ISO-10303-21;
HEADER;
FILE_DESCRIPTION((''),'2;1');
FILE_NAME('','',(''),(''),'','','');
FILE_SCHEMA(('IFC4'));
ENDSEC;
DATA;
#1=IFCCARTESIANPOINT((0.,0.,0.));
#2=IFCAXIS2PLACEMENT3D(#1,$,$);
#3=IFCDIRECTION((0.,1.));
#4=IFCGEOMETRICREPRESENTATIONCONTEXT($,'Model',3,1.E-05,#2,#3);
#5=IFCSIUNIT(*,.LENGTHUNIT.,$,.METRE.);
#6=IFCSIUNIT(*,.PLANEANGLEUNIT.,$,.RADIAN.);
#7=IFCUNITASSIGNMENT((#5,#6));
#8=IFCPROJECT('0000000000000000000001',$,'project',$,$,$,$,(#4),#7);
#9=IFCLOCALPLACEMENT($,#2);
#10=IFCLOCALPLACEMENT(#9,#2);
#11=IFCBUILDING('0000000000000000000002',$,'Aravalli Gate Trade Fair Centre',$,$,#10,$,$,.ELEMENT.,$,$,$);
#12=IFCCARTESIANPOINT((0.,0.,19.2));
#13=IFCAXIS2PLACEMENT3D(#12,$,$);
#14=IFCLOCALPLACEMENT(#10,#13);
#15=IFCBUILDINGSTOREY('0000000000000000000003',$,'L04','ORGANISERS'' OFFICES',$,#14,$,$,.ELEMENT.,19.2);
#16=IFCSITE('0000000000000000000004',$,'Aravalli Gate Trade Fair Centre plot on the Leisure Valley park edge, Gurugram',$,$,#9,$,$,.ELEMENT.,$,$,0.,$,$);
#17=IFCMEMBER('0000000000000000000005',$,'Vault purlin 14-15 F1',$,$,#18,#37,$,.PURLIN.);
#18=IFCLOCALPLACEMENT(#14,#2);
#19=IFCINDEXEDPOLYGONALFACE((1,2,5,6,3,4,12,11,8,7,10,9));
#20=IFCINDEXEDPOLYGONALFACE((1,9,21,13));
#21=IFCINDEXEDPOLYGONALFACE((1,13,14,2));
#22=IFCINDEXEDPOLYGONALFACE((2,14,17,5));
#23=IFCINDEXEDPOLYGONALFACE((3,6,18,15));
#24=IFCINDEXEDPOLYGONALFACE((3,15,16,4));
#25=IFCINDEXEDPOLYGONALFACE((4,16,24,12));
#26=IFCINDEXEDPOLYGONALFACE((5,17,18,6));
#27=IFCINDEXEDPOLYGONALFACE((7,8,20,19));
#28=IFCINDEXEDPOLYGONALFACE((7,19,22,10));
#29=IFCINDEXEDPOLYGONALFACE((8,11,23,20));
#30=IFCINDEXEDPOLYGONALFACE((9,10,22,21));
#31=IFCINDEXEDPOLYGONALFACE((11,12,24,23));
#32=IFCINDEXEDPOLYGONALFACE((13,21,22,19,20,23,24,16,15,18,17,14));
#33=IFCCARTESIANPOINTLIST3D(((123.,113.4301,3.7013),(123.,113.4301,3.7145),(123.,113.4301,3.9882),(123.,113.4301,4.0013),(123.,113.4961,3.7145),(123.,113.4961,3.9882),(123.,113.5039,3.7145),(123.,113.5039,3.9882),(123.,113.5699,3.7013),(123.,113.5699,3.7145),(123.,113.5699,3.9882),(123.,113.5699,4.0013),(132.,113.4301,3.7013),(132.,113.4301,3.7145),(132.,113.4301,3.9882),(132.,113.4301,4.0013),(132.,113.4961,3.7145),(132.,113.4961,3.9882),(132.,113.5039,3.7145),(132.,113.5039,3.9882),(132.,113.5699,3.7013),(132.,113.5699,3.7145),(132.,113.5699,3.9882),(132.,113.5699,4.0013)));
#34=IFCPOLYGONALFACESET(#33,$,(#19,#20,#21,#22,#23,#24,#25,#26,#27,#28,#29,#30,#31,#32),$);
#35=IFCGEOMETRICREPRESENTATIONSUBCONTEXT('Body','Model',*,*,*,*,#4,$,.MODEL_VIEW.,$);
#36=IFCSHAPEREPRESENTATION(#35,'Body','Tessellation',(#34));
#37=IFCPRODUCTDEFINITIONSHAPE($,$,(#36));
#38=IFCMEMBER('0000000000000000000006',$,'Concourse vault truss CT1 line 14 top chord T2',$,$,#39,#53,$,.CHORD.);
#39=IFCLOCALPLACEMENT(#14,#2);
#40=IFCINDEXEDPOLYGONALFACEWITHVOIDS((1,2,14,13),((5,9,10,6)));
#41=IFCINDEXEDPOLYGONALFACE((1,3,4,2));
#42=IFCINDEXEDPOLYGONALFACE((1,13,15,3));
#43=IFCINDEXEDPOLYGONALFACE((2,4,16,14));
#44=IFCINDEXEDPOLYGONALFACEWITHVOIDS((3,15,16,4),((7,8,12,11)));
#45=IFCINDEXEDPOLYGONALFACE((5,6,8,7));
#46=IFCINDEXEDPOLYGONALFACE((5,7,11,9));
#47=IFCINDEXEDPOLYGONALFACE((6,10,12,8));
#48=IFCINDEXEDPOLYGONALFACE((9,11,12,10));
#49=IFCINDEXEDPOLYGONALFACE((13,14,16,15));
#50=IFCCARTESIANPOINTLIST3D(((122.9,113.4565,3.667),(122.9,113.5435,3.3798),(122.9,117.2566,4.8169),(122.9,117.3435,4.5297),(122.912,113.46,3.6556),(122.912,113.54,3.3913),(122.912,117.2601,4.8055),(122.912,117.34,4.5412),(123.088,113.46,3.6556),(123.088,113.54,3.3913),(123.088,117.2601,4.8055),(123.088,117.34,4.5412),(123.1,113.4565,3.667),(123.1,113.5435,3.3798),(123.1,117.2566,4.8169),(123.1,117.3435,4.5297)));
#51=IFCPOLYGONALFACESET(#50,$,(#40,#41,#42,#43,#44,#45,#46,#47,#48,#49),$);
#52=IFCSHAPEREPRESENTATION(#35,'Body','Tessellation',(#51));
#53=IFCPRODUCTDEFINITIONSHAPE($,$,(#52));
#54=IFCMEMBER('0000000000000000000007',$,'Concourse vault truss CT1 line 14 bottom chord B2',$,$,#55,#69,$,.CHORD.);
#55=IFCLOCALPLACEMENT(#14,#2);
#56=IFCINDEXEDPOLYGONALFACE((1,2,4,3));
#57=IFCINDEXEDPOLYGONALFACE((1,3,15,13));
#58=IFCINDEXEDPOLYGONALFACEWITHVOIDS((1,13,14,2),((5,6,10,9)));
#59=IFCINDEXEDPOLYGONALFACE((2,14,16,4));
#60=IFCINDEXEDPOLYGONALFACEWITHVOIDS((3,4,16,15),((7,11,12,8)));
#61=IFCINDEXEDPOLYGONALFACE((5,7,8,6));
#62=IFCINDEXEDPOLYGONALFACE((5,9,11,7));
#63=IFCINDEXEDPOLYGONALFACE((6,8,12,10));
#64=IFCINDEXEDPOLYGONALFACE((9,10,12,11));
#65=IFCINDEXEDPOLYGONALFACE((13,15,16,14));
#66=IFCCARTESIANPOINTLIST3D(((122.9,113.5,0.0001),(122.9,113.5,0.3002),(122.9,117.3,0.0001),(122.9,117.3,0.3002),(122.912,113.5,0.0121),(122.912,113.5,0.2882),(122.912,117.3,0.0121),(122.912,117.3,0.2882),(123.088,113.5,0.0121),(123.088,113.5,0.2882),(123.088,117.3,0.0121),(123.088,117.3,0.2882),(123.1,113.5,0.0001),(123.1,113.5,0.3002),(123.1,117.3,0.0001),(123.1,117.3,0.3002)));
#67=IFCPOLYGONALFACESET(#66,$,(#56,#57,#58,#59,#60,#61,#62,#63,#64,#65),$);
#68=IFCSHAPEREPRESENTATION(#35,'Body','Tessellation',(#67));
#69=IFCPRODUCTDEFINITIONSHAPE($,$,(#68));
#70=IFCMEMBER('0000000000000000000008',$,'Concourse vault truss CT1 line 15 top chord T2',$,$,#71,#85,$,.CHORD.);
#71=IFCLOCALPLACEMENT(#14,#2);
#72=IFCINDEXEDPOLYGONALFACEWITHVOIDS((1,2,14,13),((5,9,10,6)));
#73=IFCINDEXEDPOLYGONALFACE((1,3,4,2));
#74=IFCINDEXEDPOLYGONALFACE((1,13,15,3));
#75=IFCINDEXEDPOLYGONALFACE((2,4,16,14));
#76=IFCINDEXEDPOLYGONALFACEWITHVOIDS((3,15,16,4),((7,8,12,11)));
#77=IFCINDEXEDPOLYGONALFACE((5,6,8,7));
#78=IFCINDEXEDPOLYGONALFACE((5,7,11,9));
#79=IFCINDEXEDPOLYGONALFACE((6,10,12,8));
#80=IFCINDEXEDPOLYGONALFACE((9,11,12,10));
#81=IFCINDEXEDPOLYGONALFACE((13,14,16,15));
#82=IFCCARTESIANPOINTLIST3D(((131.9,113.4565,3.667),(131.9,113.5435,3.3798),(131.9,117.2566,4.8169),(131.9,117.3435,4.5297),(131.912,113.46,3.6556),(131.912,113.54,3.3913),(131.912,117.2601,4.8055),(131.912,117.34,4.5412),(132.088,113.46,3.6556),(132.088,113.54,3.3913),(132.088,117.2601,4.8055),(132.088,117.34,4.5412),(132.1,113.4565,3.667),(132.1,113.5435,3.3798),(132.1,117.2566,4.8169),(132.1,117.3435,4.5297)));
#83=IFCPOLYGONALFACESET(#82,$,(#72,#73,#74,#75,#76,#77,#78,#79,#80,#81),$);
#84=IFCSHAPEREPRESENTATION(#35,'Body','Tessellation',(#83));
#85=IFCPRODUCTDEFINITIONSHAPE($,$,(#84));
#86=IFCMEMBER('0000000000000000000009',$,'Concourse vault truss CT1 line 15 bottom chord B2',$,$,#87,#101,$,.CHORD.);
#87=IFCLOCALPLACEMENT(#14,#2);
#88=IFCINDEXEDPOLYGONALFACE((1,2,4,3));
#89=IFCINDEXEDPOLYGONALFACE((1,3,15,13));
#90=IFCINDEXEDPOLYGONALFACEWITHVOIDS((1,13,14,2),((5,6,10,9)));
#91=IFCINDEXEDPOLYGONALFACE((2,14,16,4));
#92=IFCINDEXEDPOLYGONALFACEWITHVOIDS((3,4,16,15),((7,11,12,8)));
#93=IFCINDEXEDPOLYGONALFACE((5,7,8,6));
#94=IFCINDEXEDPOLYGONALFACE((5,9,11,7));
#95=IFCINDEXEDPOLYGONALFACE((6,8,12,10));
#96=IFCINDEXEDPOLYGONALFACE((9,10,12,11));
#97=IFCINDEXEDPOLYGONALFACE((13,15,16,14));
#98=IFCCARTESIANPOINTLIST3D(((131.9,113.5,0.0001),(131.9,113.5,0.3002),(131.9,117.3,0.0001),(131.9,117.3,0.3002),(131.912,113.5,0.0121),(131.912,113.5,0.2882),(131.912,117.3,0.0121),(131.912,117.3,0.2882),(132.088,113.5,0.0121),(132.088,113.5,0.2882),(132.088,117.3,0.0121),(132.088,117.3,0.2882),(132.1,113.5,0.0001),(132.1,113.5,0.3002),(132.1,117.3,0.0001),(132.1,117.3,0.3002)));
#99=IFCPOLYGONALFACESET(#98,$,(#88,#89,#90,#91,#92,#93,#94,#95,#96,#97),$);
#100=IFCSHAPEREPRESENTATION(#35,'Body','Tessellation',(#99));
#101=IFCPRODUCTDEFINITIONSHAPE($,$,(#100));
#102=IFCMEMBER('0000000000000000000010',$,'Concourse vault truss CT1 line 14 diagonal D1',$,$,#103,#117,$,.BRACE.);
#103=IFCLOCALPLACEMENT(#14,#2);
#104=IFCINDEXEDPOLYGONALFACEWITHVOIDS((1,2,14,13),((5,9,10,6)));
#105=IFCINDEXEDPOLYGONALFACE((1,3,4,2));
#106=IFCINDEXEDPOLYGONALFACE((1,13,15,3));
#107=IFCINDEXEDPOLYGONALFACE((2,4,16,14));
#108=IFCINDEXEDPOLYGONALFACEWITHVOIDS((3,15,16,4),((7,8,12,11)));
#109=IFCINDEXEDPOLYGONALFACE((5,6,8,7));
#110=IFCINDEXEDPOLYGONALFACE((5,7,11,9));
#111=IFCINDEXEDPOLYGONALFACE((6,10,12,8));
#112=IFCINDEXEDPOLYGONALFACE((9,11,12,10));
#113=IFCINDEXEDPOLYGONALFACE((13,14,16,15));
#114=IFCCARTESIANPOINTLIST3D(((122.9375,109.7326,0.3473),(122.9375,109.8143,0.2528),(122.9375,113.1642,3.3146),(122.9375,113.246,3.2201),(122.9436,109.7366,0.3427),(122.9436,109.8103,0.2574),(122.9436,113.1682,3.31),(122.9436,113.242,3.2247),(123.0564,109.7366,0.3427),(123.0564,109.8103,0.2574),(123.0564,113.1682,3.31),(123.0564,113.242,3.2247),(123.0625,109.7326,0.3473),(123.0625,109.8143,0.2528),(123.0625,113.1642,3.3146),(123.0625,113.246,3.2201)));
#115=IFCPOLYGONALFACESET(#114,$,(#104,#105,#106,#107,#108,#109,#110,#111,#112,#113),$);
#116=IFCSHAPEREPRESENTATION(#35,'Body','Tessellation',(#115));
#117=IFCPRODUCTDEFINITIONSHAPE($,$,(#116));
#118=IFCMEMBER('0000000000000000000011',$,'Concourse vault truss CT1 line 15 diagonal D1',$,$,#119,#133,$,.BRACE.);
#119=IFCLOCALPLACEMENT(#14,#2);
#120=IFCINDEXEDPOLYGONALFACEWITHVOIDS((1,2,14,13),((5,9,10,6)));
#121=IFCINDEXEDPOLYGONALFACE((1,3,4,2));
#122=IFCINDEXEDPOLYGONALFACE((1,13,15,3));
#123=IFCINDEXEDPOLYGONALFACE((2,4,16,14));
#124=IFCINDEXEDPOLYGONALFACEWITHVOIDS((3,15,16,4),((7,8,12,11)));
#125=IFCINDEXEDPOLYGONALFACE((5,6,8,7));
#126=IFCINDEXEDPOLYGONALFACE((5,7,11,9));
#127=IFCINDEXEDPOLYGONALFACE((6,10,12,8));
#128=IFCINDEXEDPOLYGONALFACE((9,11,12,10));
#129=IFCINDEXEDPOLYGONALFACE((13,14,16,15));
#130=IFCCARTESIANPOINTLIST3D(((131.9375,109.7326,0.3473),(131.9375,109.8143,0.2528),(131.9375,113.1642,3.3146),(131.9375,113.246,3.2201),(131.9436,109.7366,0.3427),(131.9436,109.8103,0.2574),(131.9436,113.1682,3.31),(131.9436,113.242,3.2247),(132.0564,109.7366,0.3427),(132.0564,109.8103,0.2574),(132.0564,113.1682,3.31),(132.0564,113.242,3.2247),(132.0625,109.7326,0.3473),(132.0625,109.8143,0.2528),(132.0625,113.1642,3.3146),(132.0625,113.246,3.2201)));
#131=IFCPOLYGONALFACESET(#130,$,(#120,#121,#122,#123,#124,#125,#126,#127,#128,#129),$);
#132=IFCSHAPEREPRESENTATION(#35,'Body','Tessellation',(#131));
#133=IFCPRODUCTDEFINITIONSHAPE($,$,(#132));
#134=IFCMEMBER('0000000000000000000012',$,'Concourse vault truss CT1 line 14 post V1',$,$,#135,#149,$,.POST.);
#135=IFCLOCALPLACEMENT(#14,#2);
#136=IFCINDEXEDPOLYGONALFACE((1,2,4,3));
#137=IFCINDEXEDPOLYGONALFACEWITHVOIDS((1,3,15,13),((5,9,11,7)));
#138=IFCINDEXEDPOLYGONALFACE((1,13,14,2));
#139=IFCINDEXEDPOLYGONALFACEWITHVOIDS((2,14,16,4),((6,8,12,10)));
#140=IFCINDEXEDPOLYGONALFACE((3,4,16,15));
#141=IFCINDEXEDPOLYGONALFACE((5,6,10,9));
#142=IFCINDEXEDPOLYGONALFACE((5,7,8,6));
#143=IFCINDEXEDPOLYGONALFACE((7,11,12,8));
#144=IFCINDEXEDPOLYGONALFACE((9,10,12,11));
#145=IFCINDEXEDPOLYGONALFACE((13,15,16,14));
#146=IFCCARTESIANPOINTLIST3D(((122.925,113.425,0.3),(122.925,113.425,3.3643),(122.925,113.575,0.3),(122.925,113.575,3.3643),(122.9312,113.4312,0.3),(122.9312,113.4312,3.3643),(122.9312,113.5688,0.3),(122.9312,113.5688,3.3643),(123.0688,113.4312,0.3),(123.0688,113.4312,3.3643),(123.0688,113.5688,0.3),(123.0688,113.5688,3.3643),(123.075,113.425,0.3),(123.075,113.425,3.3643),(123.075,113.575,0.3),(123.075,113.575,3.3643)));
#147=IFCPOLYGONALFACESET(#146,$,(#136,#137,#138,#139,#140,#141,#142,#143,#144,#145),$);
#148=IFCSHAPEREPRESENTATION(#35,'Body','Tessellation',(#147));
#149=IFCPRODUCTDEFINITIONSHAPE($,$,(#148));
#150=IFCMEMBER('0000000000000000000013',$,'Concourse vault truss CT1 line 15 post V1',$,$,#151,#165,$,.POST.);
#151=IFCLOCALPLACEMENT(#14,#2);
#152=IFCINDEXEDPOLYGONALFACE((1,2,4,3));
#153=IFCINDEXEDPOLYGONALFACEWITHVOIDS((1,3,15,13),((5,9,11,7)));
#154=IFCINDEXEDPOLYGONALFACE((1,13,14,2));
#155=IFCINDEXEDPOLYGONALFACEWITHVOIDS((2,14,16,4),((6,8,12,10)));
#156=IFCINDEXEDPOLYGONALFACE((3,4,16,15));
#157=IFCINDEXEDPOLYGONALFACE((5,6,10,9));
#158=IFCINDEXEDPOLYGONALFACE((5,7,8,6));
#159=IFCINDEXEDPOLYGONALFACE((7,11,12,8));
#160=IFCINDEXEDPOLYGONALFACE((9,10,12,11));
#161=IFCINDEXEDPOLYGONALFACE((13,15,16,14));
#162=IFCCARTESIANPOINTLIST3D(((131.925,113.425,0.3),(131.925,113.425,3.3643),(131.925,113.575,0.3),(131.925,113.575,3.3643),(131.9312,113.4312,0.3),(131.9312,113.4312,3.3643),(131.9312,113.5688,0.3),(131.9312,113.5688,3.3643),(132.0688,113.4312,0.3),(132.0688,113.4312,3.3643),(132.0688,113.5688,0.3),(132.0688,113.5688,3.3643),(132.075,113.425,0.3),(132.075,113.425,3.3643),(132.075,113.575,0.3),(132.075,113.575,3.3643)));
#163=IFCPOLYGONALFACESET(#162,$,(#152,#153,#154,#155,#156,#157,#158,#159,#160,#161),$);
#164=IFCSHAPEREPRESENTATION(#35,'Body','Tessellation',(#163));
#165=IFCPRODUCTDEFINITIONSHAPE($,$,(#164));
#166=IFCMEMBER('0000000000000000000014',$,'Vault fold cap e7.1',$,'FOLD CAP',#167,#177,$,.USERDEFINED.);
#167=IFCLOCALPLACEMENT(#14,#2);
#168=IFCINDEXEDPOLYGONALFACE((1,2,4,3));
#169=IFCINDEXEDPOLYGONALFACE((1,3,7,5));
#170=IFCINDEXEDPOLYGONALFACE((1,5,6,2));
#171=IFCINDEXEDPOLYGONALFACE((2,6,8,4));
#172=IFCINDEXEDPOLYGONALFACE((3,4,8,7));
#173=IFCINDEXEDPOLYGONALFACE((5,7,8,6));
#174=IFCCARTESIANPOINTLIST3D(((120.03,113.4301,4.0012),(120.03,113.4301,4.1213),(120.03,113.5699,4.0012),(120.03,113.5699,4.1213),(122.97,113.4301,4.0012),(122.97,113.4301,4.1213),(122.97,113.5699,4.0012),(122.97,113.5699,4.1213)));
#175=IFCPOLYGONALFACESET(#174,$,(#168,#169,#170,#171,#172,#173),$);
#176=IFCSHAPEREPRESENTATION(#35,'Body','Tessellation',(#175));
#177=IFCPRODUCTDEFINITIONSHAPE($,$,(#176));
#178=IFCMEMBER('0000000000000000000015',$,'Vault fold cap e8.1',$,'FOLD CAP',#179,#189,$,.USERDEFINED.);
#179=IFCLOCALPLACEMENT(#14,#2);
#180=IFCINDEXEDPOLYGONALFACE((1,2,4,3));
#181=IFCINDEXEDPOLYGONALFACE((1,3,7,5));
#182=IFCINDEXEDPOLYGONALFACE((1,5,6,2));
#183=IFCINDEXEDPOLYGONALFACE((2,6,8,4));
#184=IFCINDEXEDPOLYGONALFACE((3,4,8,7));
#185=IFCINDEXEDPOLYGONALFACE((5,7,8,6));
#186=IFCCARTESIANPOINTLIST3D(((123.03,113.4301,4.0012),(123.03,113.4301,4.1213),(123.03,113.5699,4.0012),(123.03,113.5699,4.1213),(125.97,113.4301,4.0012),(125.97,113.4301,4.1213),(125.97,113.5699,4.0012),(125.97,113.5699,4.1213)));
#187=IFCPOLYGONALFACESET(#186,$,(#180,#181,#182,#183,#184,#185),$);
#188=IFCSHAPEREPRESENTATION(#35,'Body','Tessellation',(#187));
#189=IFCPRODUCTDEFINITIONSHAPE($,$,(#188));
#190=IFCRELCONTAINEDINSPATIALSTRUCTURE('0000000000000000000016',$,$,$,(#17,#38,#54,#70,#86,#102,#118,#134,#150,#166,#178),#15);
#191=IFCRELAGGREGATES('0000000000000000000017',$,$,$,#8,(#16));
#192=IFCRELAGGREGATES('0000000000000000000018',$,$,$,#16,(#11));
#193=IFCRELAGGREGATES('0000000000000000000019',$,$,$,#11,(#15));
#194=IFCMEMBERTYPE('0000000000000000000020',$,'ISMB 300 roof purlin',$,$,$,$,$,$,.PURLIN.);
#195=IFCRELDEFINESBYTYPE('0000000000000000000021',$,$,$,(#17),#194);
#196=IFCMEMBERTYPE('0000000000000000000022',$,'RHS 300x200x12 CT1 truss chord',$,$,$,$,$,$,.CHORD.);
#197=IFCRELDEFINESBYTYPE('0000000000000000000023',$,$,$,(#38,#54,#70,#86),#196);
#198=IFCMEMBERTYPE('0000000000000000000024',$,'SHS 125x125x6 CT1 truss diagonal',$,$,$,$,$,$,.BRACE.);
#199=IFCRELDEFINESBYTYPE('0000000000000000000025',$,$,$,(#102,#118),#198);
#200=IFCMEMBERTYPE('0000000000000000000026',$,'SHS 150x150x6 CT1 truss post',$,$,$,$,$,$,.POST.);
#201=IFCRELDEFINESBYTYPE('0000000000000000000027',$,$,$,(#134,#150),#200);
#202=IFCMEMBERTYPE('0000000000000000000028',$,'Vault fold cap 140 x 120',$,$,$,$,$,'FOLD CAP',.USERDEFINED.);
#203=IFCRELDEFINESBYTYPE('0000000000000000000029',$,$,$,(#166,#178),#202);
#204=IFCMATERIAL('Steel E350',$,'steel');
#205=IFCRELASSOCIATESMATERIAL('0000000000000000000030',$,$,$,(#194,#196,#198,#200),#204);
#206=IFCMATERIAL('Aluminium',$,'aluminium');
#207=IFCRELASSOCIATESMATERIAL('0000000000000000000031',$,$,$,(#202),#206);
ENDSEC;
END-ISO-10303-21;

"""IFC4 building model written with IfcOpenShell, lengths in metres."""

from ifc_helpers import new_model, si_unit, direction, frame, origin, origin_2d, place, context, subcontext, project, spatial, rectangle, hollow_rectangle, i_section, extrude, material, material_profile, profile_set, type_object, element, save


model = new_model("IFC4")

# Units and contexts
model_context = context("Model", 3, precision=1e-05, world=origin(), true_north=direction((0.0, 1.0)))
body_context = subcontext(model_context, "Body", "Model", "MODEL_VIEW")
ifc_project = project(units=[si_unit("LENGTHUNIT", "METRE"), si_unit("PLANEANGLEUNIT", "RADIAN")], contexts=[model_context])

# Site, building, storey
site_placement = place(None, origin())
site = spatial("IfcSite", under=ifc_project, at=site_placement, Name="Aravalli Gate Trade Fair Centre plot on the Leisure Valley park edge, Gurugram", CompositionType="ELEMENT", RefElevation=0.0)
building_placement = place(site_placement, origin())
building = spatial("IfcBuilding", under=site, at=building_placement, Name="Aravalli Gate Trade Fair Centre", CompositionType="ELEMENT")
storey_placement = place(building_placement, frame((0.0, 0.0, 19.2)))
storey = spatial("IfcBuildingStorey", under=building, at=storey_placement, Name="L04", Description="ORGANISERS' OFFICES", CompositionType="ELEMENT", Elevation=19.2)

# Members
ifc_material_1 = material(Name="Steel E350", Category="steel")
ifc_material_profile_1 = material_profile(ifc_material_1, i_section(OverallWidth=0.1399, OverallDepth=0.3, WebThickness=0.0078, FlangeThickness=0.0132, at=origin_2d()), Name="ISMB 300")
ifc_profile_set_1 = profile_set([ifc_material_profile_1], Name="Steel E350")
member_type_1 = type_object("IfcMemberType", Name="ISMB 300 roof purlin", PredefinedType="PURLIN", material=ifc_profile_set_1)
member_1_placement = place(storey_placement, frame((123.0, 113.5, 3.8513), z_axis=(1.0, 0.0, 0.0), x_axis=(0.0, 1.0, 0.0)))
element("IfcMember", 1, at=member_1_placement, inside=storey, type_object=member_type_1, Name="Vault purlin 14-15 F1", PredefinedType="PURLIN", context=body_context, shape_type="SweptSolid", body=[
    extrude(i_section(OverallWidth=0.1399, OverallDepth=0.3, WebThickness=0.0078, FlangeThickness=0.0132, at=origin_2d()), origin(), (0.0, 0.0, 1.0), 9.0),
])
ifc_material_profile_2 = material_profile(ifc_material_1, hollow_rectangle(XDim=0.2, YDim=0.3, WallThickness=0.012, at=origin_2d()), Name="RHS 300x200x12")
ifc_profile_set_2 = profile_set([ifc_material_profile_2], Name="Steel E350")
member_type_2 = type_object("IfcMemberType", Name="RHS 300x200x12 CT1 truss chord", PredefinedType="CHORD", material=ifc_profile_set_2)
member_2_placement = place(storey_placement, frame((123.0, 113.5, 3.5234), z_axis=(0.0, 0.957138, 0.289632), x_axis=(-1.0, 0.0, 0.0)))
element("IfcMember", 2, at=member_2_placement, inside=storey, type_object=member_type_2, Name="Concourse vault truss CT1 line 14 top chord T2", PredefinedType="CHORD", context=body_context, shape_type="SweptSolid", body=[
    extrude(hollow_rectangle(XDim=0.2, YDim=0.3, WallThickness=0.012, at=origin_2d()), origin(), (0.0, 0.0, 1.0), 3.9702),
])
member_3_placement = place(storey_placement, frame((123.0, 113.5, 0.1501), z_axis=(0.0, 1.0, 0.0), x_axis=(-1.0, 0.0, 0.0)))
element("IfcMember", 3, at=member_3_placement, inside=storey, type_object=member_type_2, Name="Concourse vault truss CT1 line 14 bottom chord B2", PredefinedType="CHORD", context=body_context, shape_type="SweptSolid", body=[
    extrude(hollow_rectangle(XDim=0.2, YDim=0.3, WallThickness=0.012, at=origin_2d()), origin(), (0.0, 0.0, 1.0), 3.8),
])
member_4_placement = place(storey_placement, frame((132.0, 113.5, 3.5234), z_axis=(0.0, 0.957138, 0.289632), x_axis=(-1.0, 0.0, 0.0)))
element("IfcMember", 4, at=member_4_placement, inside=storey, type_object=member_type_2, Name="Concourse vault truss CT1 line 15 top chord T2", PredefinedType="CHORD", context=body_context, shape_type="SweptSolid", body=[
    extrude(hollow_rectangle(XDim=0.2, YDim=0.3, WallThickness=0.012, at=origin_2d()), origin(), (0.0, 0.0, 1.0), 3.9702),
])
member_5_placement = place(storey_placement, frame((132.0, 113.5, 0.1501), z_axis=(0.0, 1.0, 0.0), x_axis=(-1.0, 0.0, 0.0)))
element("IfcMember", 5, at=member_5_placement, inside=storey, type_object=member_type_2, Name="Concourse vault truss CT1 line 15 bottom chord B2", PredefinedType="CHORD", context=body_context, shape_type="SweptSolid", body=[
    extrude(hollow_rectangle(XDim=0.2, YDim=0.3, WallThickness=0.012, at=origin_2d()), origin(), (0.0, 0.0, 1.0), 3.8),
])
ifc_material_profile_3 = material_profile(ifc_material_1, hollow_rectangle(XDim=0.125, YDim=0.125, WallThickness=0.0061, at=origin_2d()), Name="SHS 125x125x6")
ifc_profile_set_3 = profile_set([ifc_material_profile_3], Name="Steel E350")
member_type_3 = type_object("IfcMemberType", Name="SHS 125x125x6 CT1 truss diagonal", PredefinedType="BRACE", material=ifc_profile_set_3)
for number, where, z_axis, x_axis, name in (
    (6, (123.0, 109.7734, 0.3), (0.0, 0.756431, 0.654074), (-1.0, 0.0, 0.0), "Concourse vault truss CT1 line 14 diagonal D1"),
    (7, (132.0, 109.7734, 0.3), (0.0, 0.756431, 0.654074), (-1.0, 0.0, 0.0), "Concourse vault truss CT1 line 15 diagonal D1"),
):
    element("IfcMember", number, at=place(storey_placement, frame(where, z_axis=z_axis, x_axis=x_axis)), inside=storey, type_object=member_type_3, Name=name, PredefinedType="BRACE", context=body_context, shape_type="SweptSolid", body=[
        extrude(hollow_rectangle(XDim=0.125, YDim=0.125, WallThickness=0.0061, at=origin_2d()), origin(), (0.0, 0.0, 1.0), 4.5366),
    ])
ifc_material_profile_4 = material_profile(ifc_material_1, hollow_rectangle(XDim=0.1499, YDim=0.1499, WallThickness=0.0061, at=origin_2d()), Name="SHS 150x150x6")
ifc_profile_set_4 = profile_set([ifc_material_profile_4], Name="Steel E350")
member_type_4 = type_object("IfcMemberType", Name="SHS 150x150x6 CT1 truss post", PredefinedType="POST", material=ifc_profile_set_4)
for number, where, z_axis, x_axis, name in (
    (8, (123.0, 113.5, 0.3), (0.0, 0.0, 1.0), (1.0, 0.0, 0.0), "Concourse vault truss CT1 line 14 post V1"),
    (9, (132.0, 113.5, 0.3), (0.0, 0.0, 1.0), (1.0, 0.0, 0.0), "Concourse vault truss CT1 line 15 post V1"),
):
    element("IfcMember", number, at=place(storey_placement, frame(where, z_axis=z_axis, x_axis=x_axis)), inside=storey, type_object=member_type_4, Name=name, PredefinedType="POST", context=body_context, shape_type="SweptSolid", body=[
        extrude(hollow_rectangle(XDim=0.1499, YDim=0.1499, WallThickness=0.0061, at=origin_2d()), origin(), (0.0, 0.0, 1.0), 3.0642),
    ])
ifc_material_2 = material(Name="Aluminium", Category="aluminium")
ifc_material_profile_5 = material_profile(ifc_material_2, rectangle(XDim=0.1399, YDim=0.1201, at=origin_2d()), Name="Vault fold cap 140 x 120")
ifc_profile_set_5 = profile_set([ifc_material_profile_5], Name="Aluminium")
member_type_5 = type_object("IfcMemberType", Name="Vault fold cap 140 x 120", ElementType="FOLD CAP", PredefinedType="USERDEFINED", material=ifc_profile_set_5)
for number, where, z_axis, x_axis, name in (
    (10, (120.03, 113.5, 4.0613), (1.0, 0.0, 0.0), (0.0, 1.0, 0.0), "Vault fold cap e7.1"),
    (11, (123.03, 113.5, 4.0613), (1.0, 0.0, 0.0), (0.0, 1.0, 0.0), "Vault fold cap e8.1"),
):
    element("IfcMember", number, at=place(storey_placement, frame(where, z_axis=z_axis, x_axis=x_axis)), inside=storey, type_object=member_type_5, Name=name, ObjectType="FOLD CAP", PredefinedType="USERDEFINED", context=body_context, shape_type="SweptSolid", body=[
        extrude(rectangle(XDim=0.1399, YDim=0.1201, at=origin_2d()), origin(), (0.0, 0.0, 1.0), 2.9399),
    ])

save(model, "model.ifc")
